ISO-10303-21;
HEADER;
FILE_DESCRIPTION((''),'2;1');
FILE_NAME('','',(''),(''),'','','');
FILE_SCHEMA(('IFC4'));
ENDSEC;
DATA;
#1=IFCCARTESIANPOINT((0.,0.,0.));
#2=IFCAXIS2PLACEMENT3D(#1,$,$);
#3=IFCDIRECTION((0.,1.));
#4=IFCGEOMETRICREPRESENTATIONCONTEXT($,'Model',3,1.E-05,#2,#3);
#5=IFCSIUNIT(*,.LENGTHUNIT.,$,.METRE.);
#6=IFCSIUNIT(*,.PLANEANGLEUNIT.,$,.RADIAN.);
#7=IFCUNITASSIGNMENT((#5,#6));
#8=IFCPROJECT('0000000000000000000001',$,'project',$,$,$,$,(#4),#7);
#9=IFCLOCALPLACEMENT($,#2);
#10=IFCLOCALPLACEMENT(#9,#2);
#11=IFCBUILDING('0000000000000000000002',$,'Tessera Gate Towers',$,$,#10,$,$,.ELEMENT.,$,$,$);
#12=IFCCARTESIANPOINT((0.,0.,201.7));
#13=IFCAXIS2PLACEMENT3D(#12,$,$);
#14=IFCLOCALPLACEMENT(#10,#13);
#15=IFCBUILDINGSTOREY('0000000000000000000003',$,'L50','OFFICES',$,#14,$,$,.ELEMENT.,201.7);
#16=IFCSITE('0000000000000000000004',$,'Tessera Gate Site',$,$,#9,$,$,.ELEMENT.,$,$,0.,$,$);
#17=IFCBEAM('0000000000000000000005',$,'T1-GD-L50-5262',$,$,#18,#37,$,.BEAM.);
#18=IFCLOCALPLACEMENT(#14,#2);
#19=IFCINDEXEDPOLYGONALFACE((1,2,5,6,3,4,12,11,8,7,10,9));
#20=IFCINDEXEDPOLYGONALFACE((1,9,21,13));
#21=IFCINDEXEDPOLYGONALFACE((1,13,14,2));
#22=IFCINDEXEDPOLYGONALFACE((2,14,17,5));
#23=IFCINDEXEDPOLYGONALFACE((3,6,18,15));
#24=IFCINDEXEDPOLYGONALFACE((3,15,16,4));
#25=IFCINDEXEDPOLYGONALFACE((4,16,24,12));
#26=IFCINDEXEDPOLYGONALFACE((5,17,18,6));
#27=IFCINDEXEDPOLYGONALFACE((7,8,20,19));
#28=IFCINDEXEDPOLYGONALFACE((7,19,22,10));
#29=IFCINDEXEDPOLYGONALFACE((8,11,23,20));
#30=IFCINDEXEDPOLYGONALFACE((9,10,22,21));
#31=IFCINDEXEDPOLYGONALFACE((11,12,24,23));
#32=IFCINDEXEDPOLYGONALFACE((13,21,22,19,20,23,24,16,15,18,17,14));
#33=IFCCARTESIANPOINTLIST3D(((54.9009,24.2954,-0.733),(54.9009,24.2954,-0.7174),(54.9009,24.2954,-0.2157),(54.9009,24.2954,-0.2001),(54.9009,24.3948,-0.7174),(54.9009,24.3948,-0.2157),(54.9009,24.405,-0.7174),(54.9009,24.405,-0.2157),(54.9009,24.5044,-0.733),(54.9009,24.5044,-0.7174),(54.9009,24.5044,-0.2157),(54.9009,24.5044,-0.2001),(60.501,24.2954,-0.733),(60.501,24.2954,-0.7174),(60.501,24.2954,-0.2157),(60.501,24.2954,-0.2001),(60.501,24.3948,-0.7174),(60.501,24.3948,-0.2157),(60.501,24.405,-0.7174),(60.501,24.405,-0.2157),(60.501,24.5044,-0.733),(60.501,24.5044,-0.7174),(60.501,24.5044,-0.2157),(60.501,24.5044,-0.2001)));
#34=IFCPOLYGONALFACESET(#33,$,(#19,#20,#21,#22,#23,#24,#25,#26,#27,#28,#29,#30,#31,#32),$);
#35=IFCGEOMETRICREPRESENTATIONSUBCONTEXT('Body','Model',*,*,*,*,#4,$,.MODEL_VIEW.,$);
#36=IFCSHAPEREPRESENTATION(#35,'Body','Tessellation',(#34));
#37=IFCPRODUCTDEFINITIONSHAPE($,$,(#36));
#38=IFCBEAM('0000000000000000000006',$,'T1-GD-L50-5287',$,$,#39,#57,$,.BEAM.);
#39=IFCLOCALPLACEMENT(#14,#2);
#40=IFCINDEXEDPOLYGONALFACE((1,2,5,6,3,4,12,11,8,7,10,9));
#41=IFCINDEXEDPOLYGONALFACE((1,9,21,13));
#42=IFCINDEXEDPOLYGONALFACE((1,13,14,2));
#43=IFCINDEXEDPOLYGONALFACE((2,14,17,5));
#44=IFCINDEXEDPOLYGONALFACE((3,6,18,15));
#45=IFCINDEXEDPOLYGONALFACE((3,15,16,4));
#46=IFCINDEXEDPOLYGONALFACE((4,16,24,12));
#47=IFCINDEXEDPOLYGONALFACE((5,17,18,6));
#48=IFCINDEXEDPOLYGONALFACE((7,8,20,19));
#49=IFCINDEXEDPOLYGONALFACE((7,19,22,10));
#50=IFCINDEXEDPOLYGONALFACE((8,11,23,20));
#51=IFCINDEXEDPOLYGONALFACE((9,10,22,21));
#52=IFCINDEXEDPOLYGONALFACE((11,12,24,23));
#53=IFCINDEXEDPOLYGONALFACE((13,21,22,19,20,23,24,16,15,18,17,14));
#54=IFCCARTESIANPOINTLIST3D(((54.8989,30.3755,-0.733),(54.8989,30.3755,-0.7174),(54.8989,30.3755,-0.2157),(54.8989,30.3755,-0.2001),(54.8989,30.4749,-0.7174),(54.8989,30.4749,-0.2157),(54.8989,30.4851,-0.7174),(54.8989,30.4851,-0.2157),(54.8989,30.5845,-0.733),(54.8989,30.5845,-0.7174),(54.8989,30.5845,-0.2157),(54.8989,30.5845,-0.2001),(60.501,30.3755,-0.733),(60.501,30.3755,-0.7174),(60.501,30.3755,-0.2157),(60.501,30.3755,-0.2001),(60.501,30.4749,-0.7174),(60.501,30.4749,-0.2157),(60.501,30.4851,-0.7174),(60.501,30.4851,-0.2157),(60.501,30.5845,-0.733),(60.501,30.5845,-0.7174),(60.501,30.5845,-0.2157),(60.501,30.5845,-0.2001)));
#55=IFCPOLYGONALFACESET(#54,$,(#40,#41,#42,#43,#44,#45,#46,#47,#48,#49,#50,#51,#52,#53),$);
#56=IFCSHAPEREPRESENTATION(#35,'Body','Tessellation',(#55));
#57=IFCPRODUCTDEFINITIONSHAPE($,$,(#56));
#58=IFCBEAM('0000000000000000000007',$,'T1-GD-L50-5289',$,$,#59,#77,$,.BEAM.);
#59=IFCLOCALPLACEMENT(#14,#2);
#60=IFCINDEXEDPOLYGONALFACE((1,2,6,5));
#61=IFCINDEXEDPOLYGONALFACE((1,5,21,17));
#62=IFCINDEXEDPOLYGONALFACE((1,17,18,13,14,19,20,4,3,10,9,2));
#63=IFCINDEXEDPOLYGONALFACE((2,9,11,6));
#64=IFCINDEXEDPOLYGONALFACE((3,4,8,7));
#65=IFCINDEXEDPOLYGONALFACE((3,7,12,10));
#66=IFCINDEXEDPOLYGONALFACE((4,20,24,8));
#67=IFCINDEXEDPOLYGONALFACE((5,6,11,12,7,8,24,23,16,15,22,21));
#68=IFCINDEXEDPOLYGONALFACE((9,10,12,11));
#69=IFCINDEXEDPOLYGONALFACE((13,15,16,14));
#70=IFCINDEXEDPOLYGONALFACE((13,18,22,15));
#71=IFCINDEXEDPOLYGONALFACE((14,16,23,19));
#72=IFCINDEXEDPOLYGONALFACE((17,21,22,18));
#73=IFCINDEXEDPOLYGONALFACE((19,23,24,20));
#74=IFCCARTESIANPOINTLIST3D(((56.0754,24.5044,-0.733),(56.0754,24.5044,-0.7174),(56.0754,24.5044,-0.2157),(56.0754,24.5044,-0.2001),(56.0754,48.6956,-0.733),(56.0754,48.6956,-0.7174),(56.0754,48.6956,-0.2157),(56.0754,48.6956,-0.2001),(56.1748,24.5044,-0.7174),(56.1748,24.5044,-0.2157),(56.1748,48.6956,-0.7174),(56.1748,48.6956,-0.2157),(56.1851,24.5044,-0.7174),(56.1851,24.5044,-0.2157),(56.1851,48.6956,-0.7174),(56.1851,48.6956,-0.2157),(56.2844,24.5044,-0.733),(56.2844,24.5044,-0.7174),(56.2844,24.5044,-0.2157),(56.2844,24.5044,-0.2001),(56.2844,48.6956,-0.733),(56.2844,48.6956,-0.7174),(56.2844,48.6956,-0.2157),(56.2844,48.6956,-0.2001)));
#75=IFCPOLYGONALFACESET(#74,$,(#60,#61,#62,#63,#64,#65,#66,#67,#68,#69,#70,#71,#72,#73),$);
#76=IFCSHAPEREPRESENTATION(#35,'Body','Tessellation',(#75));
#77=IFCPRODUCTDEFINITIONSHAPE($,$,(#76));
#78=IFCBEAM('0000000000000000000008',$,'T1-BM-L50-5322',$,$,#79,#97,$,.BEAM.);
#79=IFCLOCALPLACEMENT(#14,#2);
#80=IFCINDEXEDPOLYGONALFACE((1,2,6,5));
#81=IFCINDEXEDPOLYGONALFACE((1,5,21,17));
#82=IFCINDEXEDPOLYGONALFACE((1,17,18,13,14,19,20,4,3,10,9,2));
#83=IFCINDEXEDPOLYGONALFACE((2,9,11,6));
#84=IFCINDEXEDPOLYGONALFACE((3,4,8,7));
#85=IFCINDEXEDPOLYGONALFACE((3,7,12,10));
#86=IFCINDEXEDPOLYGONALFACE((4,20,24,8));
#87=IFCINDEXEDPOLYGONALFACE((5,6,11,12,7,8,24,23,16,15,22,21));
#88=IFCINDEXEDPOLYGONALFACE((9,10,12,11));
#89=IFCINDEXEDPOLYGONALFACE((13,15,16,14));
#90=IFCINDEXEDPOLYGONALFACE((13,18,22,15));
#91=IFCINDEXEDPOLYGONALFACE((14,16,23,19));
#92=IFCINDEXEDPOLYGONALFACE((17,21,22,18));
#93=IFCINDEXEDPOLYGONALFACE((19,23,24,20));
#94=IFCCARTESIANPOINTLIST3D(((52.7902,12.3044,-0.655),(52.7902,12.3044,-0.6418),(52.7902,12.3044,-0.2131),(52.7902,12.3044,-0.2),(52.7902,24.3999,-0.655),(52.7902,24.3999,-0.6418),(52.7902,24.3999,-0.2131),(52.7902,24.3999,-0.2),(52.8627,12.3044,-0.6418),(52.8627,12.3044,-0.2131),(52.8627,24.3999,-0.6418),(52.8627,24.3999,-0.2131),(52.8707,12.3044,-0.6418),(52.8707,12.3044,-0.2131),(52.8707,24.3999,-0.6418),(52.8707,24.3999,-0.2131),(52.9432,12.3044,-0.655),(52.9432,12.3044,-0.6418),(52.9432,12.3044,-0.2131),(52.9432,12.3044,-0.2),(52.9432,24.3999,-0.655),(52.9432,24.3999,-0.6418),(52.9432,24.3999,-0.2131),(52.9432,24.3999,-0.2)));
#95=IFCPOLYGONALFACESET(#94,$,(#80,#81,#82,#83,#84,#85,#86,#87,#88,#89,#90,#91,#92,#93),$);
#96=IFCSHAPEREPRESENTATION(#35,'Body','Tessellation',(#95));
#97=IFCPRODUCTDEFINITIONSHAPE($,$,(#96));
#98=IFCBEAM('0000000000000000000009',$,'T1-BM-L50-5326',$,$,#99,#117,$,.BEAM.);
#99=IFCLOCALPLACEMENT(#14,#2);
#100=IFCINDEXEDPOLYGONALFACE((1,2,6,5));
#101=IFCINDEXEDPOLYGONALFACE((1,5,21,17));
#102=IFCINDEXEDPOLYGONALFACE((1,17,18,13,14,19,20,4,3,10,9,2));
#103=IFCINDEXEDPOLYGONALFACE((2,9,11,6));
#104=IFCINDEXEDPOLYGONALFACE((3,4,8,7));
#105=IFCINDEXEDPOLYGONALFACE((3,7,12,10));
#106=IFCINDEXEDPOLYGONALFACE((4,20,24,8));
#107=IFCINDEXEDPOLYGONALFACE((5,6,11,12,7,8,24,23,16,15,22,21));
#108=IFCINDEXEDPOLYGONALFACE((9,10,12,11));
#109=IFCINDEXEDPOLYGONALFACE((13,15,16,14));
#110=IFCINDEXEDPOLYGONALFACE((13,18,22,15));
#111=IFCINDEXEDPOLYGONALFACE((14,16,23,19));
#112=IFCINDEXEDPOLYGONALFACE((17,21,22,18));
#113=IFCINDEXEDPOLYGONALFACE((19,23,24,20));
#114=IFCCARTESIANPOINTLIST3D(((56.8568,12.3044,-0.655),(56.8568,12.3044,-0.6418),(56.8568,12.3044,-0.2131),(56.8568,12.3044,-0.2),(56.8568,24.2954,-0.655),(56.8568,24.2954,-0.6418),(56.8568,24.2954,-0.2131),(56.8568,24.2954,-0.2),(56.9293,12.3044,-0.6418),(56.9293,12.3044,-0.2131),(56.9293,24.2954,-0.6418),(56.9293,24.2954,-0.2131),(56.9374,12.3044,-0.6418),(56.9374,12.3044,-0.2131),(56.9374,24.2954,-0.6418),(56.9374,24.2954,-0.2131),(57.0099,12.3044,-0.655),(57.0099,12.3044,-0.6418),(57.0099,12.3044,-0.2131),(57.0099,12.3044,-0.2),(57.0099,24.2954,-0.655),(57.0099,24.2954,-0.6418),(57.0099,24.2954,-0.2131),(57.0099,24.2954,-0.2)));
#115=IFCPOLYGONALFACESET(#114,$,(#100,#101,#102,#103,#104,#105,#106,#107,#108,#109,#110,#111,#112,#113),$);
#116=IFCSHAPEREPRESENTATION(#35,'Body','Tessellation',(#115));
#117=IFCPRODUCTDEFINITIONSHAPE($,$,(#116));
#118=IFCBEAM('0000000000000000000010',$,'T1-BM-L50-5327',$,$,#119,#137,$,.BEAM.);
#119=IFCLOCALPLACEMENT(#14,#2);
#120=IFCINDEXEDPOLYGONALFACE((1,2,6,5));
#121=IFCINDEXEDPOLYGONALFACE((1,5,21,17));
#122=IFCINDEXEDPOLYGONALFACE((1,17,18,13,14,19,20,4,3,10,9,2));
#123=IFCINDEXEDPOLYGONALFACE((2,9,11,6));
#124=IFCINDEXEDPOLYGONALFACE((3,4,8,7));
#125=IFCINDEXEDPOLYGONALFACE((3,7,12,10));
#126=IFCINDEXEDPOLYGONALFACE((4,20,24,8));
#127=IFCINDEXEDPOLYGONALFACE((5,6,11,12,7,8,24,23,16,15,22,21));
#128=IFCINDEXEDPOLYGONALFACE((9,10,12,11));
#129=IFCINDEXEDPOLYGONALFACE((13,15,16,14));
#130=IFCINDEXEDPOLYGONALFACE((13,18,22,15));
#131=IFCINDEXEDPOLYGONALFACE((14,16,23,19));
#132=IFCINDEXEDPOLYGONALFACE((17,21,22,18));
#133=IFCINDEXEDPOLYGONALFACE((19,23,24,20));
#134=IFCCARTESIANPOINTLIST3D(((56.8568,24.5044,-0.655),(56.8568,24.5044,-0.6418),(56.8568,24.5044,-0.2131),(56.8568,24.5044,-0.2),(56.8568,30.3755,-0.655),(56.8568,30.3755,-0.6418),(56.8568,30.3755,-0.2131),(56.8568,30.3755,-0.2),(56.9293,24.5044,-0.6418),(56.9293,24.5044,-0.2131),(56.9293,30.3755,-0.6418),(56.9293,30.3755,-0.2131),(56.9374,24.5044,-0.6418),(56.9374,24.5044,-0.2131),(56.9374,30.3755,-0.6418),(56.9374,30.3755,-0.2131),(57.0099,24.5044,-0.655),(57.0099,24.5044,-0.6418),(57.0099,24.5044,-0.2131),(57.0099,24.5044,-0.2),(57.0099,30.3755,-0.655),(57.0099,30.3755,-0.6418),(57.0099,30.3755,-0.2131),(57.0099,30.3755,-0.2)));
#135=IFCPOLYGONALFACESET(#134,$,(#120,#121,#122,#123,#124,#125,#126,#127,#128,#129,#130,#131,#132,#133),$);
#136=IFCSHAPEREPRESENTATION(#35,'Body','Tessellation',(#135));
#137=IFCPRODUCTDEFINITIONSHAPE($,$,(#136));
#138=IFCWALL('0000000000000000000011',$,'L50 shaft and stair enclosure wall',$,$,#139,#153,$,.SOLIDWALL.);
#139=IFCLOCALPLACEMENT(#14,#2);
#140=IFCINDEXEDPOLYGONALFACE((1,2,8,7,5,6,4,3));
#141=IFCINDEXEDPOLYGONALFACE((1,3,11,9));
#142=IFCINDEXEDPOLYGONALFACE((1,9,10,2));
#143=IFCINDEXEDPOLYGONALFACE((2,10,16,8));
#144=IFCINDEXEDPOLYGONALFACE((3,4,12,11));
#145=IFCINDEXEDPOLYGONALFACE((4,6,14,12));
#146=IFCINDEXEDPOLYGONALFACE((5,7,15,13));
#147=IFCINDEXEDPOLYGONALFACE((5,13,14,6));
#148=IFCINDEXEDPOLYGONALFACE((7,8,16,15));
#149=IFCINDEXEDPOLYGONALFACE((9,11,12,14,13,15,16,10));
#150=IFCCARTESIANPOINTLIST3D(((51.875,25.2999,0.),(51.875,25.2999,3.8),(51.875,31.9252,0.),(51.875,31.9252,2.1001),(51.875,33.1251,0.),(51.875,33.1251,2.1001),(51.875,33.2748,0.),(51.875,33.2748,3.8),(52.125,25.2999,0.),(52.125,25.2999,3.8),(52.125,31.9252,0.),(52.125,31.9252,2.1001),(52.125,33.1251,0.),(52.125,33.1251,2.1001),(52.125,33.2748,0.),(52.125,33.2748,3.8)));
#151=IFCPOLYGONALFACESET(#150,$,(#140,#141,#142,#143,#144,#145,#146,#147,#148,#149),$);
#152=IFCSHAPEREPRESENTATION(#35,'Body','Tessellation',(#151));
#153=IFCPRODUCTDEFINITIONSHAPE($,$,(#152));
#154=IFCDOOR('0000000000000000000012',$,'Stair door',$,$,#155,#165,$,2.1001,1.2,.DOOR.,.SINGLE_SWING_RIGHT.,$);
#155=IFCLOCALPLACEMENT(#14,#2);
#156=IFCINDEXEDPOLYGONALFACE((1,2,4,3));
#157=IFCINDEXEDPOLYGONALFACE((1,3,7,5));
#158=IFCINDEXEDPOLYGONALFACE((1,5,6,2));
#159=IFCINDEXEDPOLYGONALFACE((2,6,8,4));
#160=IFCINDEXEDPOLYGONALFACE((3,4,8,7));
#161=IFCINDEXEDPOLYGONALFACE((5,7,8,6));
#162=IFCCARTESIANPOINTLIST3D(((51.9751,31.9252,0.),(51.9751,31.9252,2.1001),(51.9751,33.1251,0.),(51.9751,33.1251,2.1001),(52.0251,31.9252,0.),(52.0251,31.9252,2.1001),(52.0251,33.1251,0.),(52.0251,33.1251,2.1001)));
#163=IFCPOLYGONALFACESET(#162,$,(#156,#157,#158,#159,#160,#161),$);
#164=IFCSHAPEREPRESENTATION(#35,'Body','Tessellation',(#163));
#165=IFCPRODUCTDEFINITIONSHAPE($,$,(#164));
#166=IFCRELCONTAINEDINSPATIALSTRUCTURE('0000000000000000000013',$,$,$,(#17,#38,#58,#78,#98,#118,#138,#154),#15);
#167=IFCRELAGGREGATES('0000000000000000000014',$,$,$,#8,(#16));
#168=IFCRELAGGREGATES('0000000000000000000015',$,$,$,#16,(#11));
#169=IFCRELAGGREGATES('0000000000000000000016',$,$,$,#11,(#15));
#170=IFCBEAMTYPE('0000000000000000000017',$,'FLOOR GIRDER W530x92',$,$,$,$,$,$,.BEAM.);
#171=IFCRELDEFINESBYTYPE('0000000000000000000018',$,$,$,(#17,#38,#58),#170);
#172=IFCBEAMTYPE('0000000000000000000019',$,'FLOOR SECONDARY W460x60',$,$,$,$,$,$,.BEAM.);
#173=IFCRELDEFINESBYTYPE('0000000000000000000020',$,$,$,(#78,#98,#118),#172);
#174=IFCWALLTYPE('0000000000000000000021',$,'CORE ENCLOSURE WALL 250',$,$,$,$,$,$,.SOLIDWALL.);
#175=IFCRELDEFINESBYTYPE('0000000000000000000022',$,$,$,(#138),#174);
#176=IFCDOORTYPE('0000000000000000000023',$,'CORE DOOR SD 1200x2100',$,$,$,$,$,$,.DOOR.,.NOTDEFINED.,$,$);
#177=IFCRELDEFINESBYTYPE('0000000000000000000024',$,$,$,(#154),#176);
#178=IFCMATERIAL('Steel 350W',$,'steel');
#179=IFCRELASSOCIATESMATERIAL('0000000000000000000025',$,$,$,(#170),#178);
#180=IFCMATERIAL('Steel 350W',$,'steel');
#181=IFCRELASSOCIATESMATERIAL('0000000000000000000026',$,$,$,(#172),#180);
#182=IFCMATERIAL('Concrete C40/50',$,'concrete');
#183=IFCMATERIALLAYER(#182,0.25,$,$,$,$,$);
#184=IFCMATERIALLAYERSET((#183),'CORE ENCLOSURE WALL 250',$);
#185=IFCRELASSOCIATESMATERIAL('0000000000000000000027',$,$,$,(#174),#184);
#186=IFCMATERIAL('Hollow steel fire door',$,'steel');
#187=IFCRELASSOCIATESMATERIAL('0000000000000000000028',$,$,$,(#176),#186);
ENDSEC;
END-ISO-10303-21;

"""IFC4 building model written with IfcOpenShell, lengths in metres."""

from ifc_helpers import new_model, si_unit, direction, frame, frame_2d, origin, origin_2d, place, context, subcontext, project, spatial, rectangle, i_section, extrude, source, transform, mapped, material, layer, layer_set, material_profile, profile_set, type_object, element, fill, save


model = new_model("IFC4")

# Units and contexts
model_context = context("Model", 3, precision=1e-05, world=origin(), true_north=direction((0.0, 1.0)))
body_context = subcontext(model_context, "Body", "Model", "MODEL_VIEW")
ifc_project = project(units=[si_unit("LENGTHUNIT", "METRE"), si_unit("PLANEANGLEUNIT", "RADIAN")], contexts=[model_context])

# Site, building, storey
site_placement = place(None, origin())
site = spatial("IfcSite", under=ifc_project, at=site_placement, Name="Tessera Gate Site", CompositionType="ELEMENT", RefElevation=0.0)
building_placement = place(site_placement, origin())
building = spatial("IfcBuilding", under=site, at=building_placement, Name="Tessera Gate Towers", CompositionType="ELEMENT")
storey_placement = place(building_placement, frame((0.0, 0.0, 201.7)))
storey = spatial("IfcBuildingStorey", under=building, at=storey_placement, Name="L50", Description="OFFICES", CompositionType="ELEMENT", Elevation=201.7)

# Beams
ifc_material_1 = material(Name="Steel 350W", Category="steel")
ifc_material_profile_1 = material_profile(ifc_material_1, i_section(OverallWidth=0.209, OverallDepth=0.533, WebThickness=0.0103, FlangeThickness=0.0156, at=origin_2d()), Name="W530x92")
ifc_profile_set_1 = profile_set([ifc_material_profile_1], Name="Steel 350W")
beam_type_1 = type_object("IfcBeamType", Name="FLOOR GIRDER W530x92", PredefinedType="BEAM", material=ifc_profile_set_1)
beam_1_placement = place(storey_placement, frame((54.9009, 24.3999, -0.4666), z_axis=(1.0, 0.0, 0.0), x_axis=(0.0, 1.0, 0.0)))
element("IfcBeam", 1, at=beam_1_placement, inside=storey, type_object=beam_type_1, Name="T1-GD-L50-5262", PredefinedType="BEAM", context=body_context, shape_type="SweptSolid", body=[
    extrude(i_section(OverallWidth=0.209, OverallDepth=0.533, WebThickness=0.0103, FlangeThickness=0.0156, at=origin_2d()), origin(), (0.0, 0.0, 1.0), 5.6001),
])
beam_2_placement = place(storey_placement, frame((54.8989, 30.48, -0.4666), z_axis=(1.0, 0.0, 0.0), x_axis=(0.0, 1.0, 0.0)))
element("IfcBeam", 2, at=beam_2_placement, inside=storey, type_object=beam_type_1, Name="T1-GD-L50-5287", PredefinedType="BEAM", context=body_context, shape_type="SweptSolid", body=[
    extrude(i_section(OverallWidth=0.209, OverallDepth=0.533, WebThickness=0.0103, FlangeThickness=0.0156, at=origin_2d()), origin(), (0.0, 0.0, 1.0), 5.6021),
])
beam_3_placement = place(storey_placement, frame((56.1799, 24.5044, -0.4666), z_axis=(0.0, 1.0, 0.0), x_axis=(-1.0, 0.0, 0.0)))
element("IfcBeam", 3, at=beam_3_placement, inside=storey, type_object=beam_type_1, Name="T1-GD-L50-5289", PredefinedType="BEAM", context=body_context, shape_type="SweptSolid", body=[
    extrude(i_section(OverallWidth=0.209, OverallDepth=0.533, WebThickness=0.0103, FlangeThickness=0.0156, at=origin_2d()), origin(), (0.0, 0.0, 1.0), 24.1912),
])
ifc_material_2 = material(Name="Steel 350W", Category="steel")
ifc_material_profile_2 = material_profile(ifc_material_2, i_section(OverallWidth=0.1531, OverallDepth=0.4551, WebThickness=0.0081, FlangeThickness=0.0132, at=origin_2d()), Name="W460x60")
ifc_profile_set_2 = profile_set([ifc_material_profile_2], Name="Steel 350W")
beam_type_2 = type_object("IfcBeamType", Name="FLOOR SECONDARY W460x60", PredefinedType="BEAM", material=ifc_profile_set_2)
beam_4_placement = place(storey_placement, frame((52.8667, 12.3044, -0.4275), z_axis=(0.0, 1.0, 0.0), x_axis=(-1.0, 0.0, 0.0)))
element("IfcBeam", 4, at=beam_4_placement, inside=storey, type_object=beam_type_2, Name="T1-BM-L50-5322", PredefinedType="BEAM", context=body_context, shape_type="SweptSolid", body=[
    extrude(i_section(OverallWidth=0.1531, OverallDepth=0.4551, WebThickness=0.0081, FlangeThickness=0.0132, at=origin_2d()), origin(), (0.0, 0.0, 1.0), 12.0955),
])
beam_5_placement = place(storey_placement, frame((56.9333, 12.3044, -0.4275), z_axis=(0.0, 1.0, 0.0), x_axis=(-1.0, 0.0, 0.0)))
element("IfcBeam", 5, at=beam_5_placement, inside=storey, type_object=beam_type_2, Name="T1-BM-L50-5326", PredefinedType="BEAM", context=body_context, shape_type="SweptSolid", body=[
    extrude(i_section(OverallWidth=0.1531, OverallDepth=0.4551, WebThickness=0.0081, FlangeThickness=0.0132, at=origin_2d()), origin(), (0.0, 0.0, 1.0), 11.991),
])
beam_6_placement = place(storey_placement, frame((56.9333, 24.5044, -0.4275), z_axis=(0.0, 1.0, 0.0), x_axis=(-1.0, 0.0, 0.0)))
element("IfcBeam", 6, at=beam_6_placement, inside=storey, type_object=beam_type_2, Name="T1-BM-L50-5327", PredefinedType="BEAM", context=body_context, shape_type="SweptSolid", body=[
    extrude(i_section(OverallWidth=0.1531, OverallDepth=0.4551, WebThickness=0.0081, FlangeThickness=0.0132, at=origin_2d()), origin(), (0.0, 0.0, 1.0), 5.8711),
])

# Wall, opening, door
ifc_material_3 = material(Name="Concrete C40/50", Category="concrete")
ifc_layer_1 = layer(ifc_material_3, 0.25)
ifc_layer_set_1 = layer_set([ifc_layer_1], Name="CORE ENCLOSURE WALL 250")
wall_type_1 = type_object("IfcWallType", Name="CORE ENCLOSURE WALL 250", PredefinedType="SOLIDWALL", material=ifc_layer_set_1)
wall_1_placement = place(storey_placement, frame((52.0, 25.3, 0.0), z_axis=(0.0, 0.0, 1.0), x_axis=(0.0, 1.0, 0.0)))
wall_1 = element("IfcWall", 7, at=wall_1_placement, inside=storey, type_object=wall_type_1, Name="L50 shaft and stair enclosure wall", PredefinedType="SOLIDWALL", context=body_context, shape_type="SweptSolid", body=[
    extrude(rectangle(XDim=7.9749, YDim=0.25, at=frame_2d((3.9873, 0.0))), origin(), (0.0, 0.0, 1.0), 3.8),
])
shared_shape_1 = source(origin(), body_context, "Body", "SweptSolid", [
    extrude(rectangle(XDim=1.2, YDim=2.1001, at=frame_2d((0.6001, 1.05))), frame((0.0, 0.135, 0.0), z_axis=(0.0, -1.0, 0.0), x_axis=(1.0, 0.0, 0.0)), (0.0, 0.0, 1.0), 0.27),
])
opening_1_placement = place(wall_1_placement, frame((6.625, 0.0, 0.0)))
opening_1 = element("IfcOpeningElement", 8, at=opening_1_placement, cuts=wall_1, PredefinedType="OPENING", context=body_context, shape_type="MappedRepresentation", body=[
    mapped(shared_shape_1, transform((0.0, 0.0, 0.0), scale=1.0)),
])
ifc_material_4 = material(Name="Hollow steel fire door", Category="steel")
door_type_1 = type_object("IfcDoorType", Name="CORE DOOR SD 1200x2100", OperationType="NOTDEFINED", PredefinedType="DOOR", material=ifc_material_4)
shared_shape_2 = source(origin(), body_context, "Body", "SweptSolid", [
    extrude(rectangle(XDim=1.2, YDim=2.1001, at=frame_2d((0.6001, 1.05))), frame((0.0, 0.0249, 0.0), z_axis=(0.0, -1.0, 0.0), x_axis=(1.0, 0.0, 0.0)), (0.0, 0.0, 1.0), 0.05),
])
door_1_placement = place(opening_1_placement, origin())
door_1 = element("IfcDoor", 9, at=door_1_placement, inside=storey, type_object=door_type_1, Name="Stair door", OperationType="SINGLE_SWING_RIGHT", OverallHeight=2.1001, OverallWidth=1.2, PredefinedType="DOOR", context=body_context, shape_type="MappedRepresentation", body=[
    mapped(shared_shape_2, transform((0.0, 0.0, 0.0), scale=1.0)),
])
fill(opening_1, door_1)

save(model, "model.ifc")
